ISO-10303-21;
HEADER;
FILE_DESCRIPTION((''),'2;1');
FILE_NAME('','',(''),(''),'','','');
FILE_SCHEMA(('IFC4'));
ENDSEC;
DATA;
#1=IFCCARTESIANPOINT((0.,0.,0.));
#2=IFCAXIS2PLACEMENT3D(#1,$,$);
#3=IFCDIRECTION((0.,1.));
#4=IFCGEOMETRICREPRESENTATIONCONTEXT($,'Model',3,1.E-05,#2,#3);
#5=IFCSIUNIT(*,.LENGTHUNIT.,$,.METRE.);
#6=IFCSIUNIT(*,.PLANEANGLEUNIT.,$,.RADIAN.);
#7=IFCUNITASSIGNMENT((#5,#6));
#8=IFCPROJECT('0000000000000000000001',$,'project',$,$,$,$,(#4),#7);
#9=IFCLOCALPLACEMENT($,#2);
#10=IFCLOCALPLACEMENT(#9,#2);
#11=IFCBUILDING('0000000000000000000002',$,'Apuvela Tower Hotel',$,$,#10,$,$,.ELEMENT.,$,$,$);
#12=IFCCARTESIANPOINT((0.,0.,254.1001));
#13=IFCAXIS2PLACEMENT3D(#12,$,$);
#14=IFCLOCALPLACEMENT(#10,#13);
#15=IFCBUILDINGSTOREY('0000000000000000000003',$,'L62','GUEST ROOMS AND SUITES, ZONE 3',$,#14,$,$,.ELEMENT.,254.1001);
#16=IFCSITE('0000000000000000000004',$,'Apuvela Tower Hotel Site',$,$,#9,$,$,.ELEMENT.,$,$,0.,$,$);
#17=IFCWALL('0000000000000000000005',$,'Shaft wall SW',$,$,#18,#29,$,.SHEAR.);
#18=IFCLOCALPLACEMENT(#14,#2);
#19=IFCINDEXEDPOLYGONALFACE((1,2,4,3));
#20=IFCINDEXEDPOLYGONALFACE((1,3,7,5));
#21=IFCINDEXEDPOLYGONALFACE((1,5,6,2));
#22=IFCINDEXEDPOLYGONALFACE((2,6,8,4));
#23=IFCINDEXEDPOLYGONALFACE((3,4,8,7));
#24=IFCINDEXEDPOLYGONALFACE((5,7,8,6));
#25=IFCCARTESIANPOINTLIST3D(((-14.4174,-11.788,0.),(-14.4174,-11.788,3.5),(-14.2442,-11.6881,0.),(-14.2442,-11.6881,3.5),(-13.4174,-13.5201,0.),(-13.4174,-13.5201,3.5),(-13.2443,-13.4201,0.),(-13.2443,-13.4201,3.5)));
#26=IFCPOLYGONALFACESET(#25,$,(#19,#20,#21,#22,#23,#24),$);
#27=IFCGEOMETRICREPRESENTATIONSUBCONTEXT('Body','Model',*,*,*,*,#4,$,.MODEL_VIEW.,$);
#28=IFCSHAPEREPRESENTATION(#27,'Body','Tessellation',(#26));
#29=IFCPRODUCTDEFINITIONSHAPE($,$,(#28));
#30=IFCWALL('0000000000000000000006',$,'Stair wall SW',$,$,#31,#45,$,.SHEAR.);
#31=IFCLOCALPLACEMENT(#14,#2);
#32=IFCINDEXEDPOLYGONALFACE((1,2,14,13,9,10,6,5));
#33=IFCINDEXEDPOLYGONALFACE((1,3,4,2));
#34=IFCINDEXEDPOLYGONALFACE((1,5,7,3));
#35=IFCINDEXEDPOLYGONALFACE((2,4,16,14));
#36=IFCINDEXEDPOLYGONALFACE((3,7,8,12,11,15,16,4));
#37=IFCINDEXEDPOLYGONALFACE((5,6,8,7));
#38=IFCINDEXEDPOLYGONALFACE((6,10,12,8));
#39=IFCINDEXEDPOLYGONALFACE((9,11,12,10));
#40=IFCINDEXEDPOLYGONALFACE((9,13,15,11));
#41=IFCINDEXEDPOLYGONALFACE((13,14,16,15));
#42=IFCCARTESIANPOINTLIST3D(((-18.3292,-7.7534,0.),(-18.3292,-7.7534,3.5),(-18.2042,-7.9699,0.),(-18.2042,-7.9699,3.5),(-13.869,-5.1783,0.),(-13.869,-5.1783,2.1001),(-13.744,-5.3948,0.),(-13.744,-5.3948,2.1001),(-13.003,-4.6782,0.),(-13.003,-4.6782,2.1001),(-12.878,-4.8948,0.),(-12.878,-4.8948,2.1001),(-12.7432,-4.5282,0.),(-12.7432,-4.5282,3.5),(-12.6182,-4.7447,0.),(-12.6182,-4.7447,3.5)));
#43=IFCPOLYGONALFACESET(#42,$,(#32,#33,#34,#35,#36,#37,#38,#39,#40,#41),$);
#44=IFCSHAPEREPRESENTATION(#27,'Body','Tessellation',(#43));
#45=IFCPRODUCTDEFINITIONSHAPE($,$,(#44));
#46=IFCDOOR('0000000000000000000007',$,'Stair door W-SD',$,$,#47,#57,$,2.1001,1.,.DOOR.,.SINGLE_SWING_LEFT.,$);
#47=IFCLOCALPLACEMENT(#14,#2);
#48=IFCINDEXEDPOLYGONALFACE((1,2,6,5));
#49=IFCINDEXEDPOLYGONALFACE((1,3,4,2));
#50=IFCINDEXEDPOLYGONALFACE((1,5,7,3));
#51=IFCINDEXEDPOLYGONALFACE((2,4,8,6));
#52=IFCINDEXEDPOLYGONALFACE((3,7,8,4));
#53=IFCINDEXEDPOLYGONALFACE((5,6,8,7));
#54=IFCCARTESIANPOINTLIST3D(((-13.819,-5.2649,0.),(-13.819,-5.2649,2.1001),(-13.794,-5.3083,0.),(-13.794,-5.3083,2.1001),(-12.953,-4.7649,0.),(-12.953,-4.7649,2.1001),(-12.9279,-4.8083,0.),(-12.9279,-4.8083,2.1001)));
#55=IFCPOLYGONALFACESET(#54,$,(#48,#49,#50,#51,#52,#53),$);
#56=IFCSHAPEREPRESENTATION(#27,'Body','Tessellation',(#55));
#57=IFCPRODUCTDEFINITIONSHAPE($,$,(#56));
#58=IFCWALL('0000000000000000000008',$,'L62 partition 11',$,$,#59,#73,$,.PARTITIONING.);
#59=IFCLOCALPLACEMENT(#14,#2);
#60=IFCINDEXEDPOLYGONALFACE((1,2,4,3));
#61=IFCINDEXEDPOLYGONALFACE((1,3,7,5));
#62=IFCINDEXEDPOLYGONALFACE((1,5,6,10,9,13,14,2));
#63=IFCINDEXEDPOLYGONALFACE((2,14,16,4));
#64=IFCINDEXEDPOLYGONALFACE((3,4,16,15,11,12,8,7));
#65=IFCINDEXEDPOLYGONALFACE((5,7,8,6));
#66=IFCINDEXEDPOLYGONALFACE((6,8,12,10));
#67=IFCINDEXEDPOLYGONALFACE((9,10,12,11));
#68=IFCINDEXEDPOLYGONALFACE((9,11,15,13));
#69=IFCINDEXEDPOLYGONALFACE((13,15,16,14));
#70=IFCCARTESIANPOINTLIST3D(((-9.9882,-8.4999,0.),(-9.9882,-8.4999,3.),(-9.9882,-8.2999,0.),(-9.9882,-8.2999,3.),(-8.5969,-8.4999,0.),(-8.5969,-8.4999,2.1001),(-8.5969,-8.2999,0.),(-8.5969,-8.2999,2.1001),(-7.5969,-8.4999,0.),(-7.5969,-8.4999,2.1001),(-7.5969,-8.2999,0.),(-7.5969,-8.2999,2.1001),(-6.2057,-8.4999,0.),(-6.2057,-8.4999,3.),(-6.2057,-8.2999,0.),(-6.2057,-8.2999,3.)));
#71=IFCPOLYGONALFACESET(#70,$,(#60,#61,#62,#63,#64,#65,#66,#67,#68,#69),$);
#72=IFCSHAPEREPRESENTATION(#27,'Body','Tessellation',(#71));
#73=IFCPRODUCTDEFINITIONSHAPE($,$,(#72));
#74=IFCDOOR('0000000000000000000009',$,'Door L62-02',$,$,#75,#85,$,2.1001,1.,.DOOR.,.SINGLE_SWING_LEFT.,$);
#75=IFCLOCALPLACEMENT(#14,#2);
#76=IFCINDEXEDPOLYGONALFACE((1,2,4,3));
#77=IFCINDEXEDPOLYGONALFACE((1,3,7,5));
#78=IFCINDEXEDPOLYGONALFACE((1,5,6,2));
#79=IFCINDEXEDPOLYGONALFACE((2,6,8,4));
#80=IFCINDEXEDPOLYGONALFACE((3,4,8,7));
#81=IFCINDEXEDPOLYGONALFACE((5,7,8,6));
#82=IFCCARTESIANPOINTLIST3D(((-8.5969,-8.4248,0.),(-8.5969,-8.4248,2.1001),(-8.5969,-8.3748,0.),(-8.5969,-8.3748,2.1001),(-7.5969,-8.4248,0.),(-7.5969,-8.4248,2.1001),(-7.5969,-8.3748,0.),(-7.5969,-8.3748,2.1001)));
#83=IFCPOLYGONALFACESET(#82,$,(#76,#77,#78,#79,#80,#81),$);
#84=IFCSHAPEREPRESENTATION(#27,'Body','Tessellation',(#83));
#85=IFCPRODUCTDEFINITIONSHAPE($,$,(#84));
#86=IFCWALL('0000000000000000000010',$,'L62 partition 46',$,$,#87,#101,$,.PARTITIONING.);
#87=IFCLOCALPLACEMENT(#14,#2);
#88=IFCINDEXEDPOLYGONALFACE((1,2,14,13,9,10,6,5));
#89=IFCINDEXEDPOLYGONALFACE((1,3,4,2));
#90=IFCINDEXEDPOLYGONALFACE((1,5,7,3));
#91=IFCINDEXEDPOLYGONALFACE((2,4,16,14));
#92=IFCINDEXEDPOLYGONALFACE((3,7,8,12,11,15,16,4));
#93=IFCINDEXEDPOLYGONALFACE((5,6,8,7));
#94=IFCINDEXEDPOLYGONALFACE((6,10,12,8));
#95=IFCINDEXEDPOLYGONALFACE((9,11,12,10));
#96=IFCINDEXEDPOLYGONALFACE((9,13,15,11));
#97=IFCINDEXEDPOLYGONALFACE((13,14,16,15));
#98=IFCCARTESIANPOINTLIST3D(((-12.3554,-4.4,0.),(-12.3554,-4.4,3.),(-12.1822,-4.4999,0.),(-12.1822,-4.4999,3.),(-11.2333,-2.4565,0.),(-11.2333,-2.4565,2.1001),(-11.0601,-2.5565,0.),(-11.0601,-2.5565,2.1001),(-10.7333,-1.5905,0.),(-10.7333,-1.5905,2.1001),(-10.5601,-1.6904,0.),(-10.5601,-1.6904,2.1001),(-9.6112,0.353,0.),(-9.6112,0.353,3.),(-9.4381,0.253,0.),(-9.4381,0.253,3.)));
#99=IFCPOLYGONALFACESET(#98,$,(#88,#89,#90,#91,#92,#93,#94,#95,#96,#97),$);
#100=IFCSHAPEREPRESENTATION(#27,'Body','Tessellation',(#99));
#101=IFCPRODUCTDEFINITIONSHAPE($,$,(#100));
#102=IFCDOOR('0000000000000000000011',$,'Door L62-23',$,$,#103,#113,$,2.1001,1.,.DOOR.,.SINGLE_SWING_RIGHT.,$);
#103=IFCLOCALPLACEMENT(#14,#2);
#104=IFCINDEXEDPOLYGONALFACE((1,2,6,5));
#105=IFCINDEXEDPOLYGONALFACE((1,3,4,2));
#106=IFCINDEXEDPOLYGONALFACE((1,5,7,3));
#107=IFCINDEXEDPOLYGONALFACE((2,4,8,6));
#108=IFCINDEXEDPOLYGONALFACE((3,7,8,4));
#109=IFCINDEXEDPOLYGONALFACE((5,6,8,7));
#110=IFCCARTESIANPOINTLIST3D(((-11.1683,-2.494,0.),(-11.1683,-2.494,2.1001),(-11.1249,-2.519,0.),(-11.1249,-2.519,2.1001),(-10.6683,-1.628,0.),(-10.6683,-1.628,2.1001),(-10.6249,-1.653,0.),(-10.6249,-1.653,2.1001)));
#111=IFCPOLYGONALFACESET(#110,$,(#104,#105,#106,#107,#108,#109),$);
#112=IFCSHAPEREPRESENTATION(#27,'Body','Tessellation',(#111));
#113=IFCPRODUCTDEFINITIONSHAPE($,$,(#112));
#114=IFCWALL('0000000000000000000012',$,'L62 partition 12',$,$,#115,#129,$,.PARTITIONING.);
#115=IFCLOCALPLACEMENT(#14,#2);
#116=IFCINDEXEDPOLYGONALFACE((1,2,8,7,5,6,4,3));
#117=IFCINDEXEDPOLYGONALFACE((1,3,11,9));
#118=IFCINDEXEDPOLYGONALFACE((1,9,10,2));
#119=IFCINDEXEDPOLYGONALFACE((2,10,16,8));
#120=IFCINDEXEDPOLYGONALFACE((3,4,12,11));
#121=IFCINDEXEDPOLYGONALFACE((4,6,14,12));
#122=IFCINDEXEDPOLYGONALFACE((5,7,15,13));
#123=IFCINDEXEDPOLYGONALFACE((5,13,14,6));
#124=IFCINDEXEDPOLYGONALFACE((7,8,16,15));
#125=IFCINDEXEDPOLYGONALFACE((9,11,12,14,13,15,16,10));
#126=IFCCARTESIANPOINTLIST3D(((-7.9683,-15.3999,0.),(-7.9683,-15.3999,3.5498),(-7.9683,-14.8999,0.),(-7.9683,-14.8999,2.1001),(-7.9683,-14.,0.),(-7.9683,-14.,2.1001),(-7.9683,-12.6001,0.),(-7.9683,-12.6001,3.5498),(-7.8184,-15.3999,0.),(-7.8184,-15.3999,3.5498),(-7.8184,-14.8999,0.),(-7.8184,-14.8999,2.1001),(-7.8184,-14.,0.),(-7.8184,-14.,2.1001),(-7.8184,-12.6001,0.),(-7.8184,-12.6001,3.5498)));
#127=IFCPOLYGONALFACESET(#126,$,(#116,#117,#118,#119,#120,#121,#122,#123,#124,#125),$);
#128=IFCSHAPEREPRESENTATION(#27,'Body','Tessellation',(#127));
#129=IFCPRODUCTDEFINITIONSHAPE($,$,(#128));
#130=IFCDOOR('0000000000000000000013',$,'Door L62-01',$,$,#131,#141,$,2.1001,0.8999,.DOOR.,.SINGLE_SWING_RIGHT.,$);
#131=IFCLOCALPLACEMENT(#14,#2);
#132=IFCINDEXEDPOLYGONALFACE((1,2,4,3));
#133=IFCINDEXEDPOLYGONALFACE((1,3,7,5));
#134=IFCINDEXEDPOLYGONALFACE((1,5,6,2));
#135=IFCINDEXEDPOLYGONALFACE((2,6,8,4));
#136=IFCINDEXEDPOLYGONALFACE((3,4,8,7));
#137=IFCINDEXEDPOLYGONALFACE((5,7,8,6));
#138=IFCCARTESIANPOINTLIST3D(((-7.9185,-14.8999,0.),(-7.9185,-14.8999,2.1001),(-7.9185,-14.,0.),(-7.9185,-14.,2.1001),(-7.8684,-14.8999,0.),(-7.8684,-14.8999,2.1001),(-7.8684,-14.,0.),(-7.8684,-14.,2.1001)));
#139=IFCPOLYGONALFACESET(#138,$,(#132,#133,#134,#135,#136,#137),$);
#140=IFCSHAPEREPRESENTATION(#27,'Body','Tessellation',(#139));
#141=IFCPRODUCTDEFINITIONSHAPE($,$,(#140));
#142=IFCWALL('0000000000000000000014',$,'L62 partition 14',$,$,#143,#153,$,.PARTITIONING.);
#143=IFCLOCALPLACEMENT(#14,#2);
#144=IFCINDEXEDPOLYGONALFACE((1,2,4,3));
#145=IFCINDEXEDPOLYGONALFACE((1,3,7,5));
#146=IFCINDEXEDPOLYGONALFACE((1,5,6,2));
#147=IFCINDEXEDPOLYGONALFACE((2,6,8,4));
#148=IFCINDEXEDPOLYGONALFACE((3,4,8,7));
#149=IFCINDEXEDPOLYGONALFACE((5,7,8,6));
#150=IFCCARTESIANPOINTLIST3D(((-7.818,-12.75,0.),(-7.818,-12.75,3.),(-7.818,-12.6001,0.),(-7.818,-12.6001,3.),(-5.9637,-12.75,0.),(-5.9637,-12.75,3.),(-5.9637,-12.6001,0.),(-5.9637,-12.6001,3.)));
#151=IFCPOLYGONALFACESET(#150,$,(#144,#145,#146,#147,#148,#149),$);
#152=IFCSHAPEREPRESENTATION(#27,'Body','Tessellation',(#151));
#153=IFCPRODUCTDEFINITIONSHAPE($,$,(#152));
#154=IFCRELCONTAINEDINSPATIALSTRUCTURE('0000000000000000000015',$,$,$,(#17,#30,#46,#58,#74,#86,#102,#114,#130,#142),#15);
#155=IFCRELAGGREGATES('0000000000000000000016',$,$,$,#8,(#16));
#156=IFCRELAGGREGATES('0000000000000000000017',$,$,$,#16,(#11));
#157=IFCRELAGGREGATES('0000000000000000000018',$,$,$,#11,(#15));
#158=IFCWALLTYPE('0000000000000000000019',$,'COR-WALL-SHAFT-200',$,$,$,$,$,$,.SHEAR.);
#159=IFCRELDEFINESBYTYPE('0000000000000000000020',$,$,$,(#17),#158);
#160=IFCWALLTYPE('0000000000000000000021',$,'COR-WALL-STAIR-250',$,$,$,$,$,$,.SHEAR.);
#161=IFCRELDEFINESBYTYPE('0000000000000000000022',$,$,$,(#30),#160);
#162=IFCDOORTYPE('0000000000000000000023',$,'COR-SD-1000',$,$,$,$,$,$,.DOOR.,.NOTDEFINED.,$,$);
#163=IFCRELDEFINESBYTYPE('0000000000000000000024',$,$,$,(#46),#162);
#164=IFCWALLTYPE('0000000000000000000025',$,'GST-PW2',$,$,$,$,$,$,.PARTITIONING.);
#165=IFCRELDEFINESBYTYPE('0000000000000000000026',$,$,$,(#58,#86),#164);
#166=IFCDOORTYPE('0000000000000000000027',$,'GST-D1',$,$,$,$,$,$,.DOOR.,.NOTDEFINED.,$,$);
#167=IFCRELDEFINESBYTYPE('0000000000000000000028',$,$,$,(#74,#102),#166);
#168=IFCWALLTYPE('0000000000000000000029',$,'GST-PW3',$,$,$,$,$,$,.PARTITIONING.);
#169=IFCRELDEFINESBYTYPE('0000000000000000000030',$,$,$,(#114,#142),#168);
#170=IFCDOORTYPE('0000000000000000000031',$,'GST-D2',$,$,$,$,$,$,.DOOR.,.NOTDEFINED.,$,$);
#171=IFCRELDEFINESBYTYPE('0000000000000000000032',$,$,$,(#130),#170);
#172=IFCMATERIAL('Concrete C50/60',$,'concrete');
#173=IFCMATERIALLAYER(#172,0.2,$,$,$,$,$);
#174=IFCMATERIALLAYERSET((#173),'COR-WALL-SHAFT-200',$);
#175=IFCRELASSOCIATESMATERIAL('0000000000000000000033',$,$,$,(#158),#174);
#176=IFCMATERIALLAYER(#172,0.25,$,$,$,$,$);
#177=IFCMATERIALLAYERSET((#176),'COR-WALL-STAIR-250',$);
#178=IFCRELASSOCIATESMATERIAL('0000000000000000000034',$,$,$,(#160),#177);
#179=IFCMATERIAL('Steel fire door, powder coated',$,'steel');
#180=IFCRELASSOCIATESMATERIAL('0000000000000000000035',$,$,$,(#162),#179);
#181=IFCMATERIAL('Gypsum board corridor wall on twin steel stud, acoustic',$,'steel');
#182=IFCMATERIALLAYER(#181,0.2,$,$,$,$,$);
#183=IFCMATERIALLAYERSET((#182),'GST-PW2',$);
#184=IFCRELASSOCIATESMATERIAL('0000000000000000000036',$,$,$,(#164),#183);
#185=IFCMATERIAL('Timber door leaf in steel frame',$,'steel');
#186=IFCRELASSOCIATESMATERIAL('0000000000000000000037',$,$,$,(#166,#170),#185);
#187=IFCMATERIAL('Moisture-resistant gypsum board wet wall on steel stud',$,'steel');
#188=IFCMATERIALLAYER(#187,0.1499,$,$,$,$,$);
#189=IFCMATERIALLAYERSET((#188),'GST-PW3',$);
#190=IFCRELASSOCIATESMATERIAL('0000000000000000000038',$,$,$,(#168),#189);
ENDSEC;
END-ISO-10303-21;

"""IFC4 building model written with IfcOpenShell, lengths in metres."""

from ifc_helpers import new_model, si_unit, direction, frame, frame_2d, origin, place, context, subcontext, project, spatial, rectangle, extrude, material, layer, layer_set, type_object, element, fill, save


model = new_model("IFC4")

# Units and contexts
model_context = context("Model", 3, precision=1e-05, world=origin(), true_north=direction((0.0, 1.0)))
body_context = subcontext(model_context, "Body", "Model", "MODEL_VIEW")
ifc_project = project(units=[si_unit("LENGTHUNIT", "METRE"), si_unit("PLANEANGLEUNIT", "RADIAN")], contexts=[model_context])

# Site, building, storey
site_placement = place(None, origin())
site = spatial("IfcSite", under=ifc_project, at=site_placement, Name="Apuvela Tower Hotel Site", CompositionType="ELEMENT", RefElevation=0.0)
building_placement = place(site_placement, origin())
building = spatial("IfcBuilding", under=site, at=building_placement, Name="Apuvela Tower Hotel", CompositionType="ELEMENT")
storey_placement = place(building_placement, frame((0.0, 0.0, 254.1001)))
storey = spatial("IfcBuildingStorey", under=building, at=storey_placement, Name="L62", Description="GUEST ROOMS AND SUITES, ZONE 3", CompositionType="ELEMENT", Elevation=254.1001)

# Shared definitions
ifc_material_1 = material(Name="Concrete C50/60", Category="concrete")

# Shared definitions
ifc_layer_1 = layer(ifc_material_1, 0.2)
ifc_layer_set_1 = layer_set([ifc_layer_1], Name="COR-WALL-SHAFT-200")
wall_type_1 = type_object("IfcWallType", Name="COR-WALL-SHAFT-200", PredefinedType="SHEAR", material=ifc_layer_set_1)

# Shared definitions
ifc_material_2 = material(Name="Steel fire door, powder coated", Category="steel")

# Wall
wall_1_placement = place(storey_placement, frame((-14.3308, -11.738, 0.0), z_axis=(0.0, 0.0, 1.0), x_axis=(0.499973, -0.866041, 0.0)))
element("IfcWall", 1, at=wall_1_placement, inside=storey, type_object=wall_type_1, Name="Shaft wall SW", PredefinedType="SHEAR", context=body_context, shape_type="SweptSolid", body=[
    extrude(rectangle(XDim=2.0, YDim=0.2, at=frame_2d((1.0, 0.0))), origin(), (0.0, 0.0, 1.0), 3.5),
])

# Walls, openings, doors
ifc_layer_2 = layer(ifc_material_1, 0.25)
ifc_layer_set_2 = layer_set([ifc_layer_2], Name="COR-WALL-STAIR-250")
wall_type_2 = type_object("IfcWallType", Name="COR-WALL-STAIR-250", PredefinedType="SHEAR", material=ifc_layer_set_2)
wall_2_placement = place(storey_placement, frame((-12.6807, -4.6365, 0.0), z_axis=(0.0, 0.0, 1.0), x_axis=(-0.866022, -0.500006, 0.0)))
wall_2 = element("IfcWall", 2, at=wall_2_placement, inside=storey, type_object=wall_type_2, Name="Stair wall SW", PredefinedType="SHEAR", context=body_context, shape_type="SweptSolid", body=[
    extrude(rectangle(XDim=6.4502, YDim=0.25, at=frame_2d((3.2251, 0.0))), origin(), (0.0, 0.0, 1.0), 3.5),
])
opening_1_placement = place(wall_2_placement, frame((0.3, 0.0, 0.0)))
opening_1 = element("IfcOpeningElement", 3, at=opening_1_placement, cuts=wall_2, PredefinedType="OPENING", context=body_context, shape_type="SweptSolid", body=[
    extrude(rectangle(XDim=1.0, YDim=2.1001, at=frame_2d((0.5, 1.05))), frame((0.0, 0.135, 0.0), z_axis=(0.0, -1.0, 0.0), x_axis=(1.0, 0.0, 0.0)), (0.0, 0.0, 1.0), 0.27),
])
door_type_1 = type_object("IfcDoorType", Name="COR-SD-1000", OperationType="NOTDEFINED", PredefinedType="DOOR", material=ifc_material_2)
door_1_placement = place(opening_1_placement, frame((1.0, 0.0, 0.0), z_axis=(0.0, 0.0, 1.0), x_axis=(-1.0, 0.0, 0.0)))
door_1 = element("IfcDoor", 4, at=door_1_placement, inside=storey, type_object=door_type_1, Name="Stair door W-SD", OperationType="SINGLE_SWING_LEFT", OverallHeight=2.1001, OverallWidth=1.0, PredefinedType="DOOR", context=body_context, shape_type="SweptSolid", body=[
    extrude(rectangle(XDim=1.0, YDim=2.1001, at=frame_2d((0.5, 1.05))), frame((0.0, 0.0249, 0.0), z_axis=(0.0, -1.0, 0.0), x_axis=(1.0, 0.0, 0.0)), (0.0, 0.0, 1.0), 0.05),
])
fill(opening_1, door_1)
ifc_material_3 = material(Name="Gypsum board corridor wall on twin steel stud, acoustic", Category="steel")
ifc_layer_3 = layer(ifc_material_3, 0.2)
ifc_layer_set_3 = layer_set([ifc_layer_3], Name="GST-PW2")
wall_type_3 = type_object("IfcWallType", Name="GST-PW2", PredefinedType="PARTITIONING", material=ifc_layer_set_3)
wall_3_placement = place(storey_placement, frame((-6.2058, -8.3999, 0.0), z_axis=(0.0, 0.0, 1.0), x_axis=(-1.0, 0.0, 0.0)))
wall_3 = element("IfcWall", 5, at=wall_3_placement, inside=storey, type_object=wall_type_3, Name="L62 partition 11", PredefinedType="PARTITIONING", context=body_context, shape_type="SweptSolid", body=[
    extrude(rectangle(XDim=3.7825, YDim=0.2, at=frame_2d((1.8911, 0.0))), origin(), (0.0, 0.0, 1.0), 3.0),
])
opening_2_placement = place(wall_3_placement, frame((1.3911, 0.0, 0.0)))
opening_2 = element("IfcOpeningElement", 6, at=opening_2_placement, cuts=wall_3, PredefinedType="OPENING", context=body_context, shape_type="SweptSolid", body=[
    extrude(rectangle(XDim=1.0, YDim=2.1001, at=frame_2d((0.5, 1.05))), frame((0.0, 0.1099, 0.0), z_axis=(0.0, -1.0, 0.0), x_axis=(1.0, 0.0, 0.0)), (0.0, 0.0, 1.0), 0.22),
])
ifc_material_4 = material(Name="Timber door leaf in steel frame", Category="steel")
door_type_2 = type_object("IfcDoorType", Name="GST-D1", OperationType="NOTDEFINED", PredefinedType="DOOR", material=ifc_material_4)
door_2_placement = place(opening_2_placement, origin())
door_2 = element("IfcDoor", 7, at=door_2_placement, inside=storey, type_object=door_type_2, Name="Door L62-02", OperationType="SINGLE_SWING_LEFT", OverallHeight=2.1001, OverallWidth=1.0, PredefinedType="DOOR", context=body_context, shape_type="SweptSolid", body=[
    extrude(rectangle(XDim=1.0, YDim=2.1001, at=frame_2d((0.5, 1.05))), frame((0.0, 0.0249, 0.0), z_axis=(0.0, -1.0, 0.0), x_axis=(1.0, 0.0, 0.0)), (0.0, 0.0, 1.0), 0.05),
])
fill(opening_2, door_2)
wall_4_placement = place(storey_placement, frame((-12.2688, -4.45, 0.0), z_axis=(0.0, 0.0, 1.0), x_axis=(0.500005, 0.866023, 0.0)))
wall_4 = element("IfcWall", 8, at=wall_4_placement, inside=storey, type_object=wall_type_3, Name="L62 partition 46", PredefinedType="PARTITIONING", context=body_context, shape_type="SweptSolid", body=[
    extrude(rectangle(XDim=5.4883, YDim=0.2, at=frame_2d((2.7441, 0.0))), origin(), (0.0, 0.0, 1.0), 3.0),
])
opening_3_placement = place(wall_4_placement, frame((2.2441, 0.0, 0.0)))
opening_3 = element("IfcOpeningElement", 9, at=opening_3_placement, cuts=wall_4, PredefinedType="OPENING", context=body_context, shape_type="SweptSolid", body=[
    extrude(rectangle(XDim=1.0, YDim=2.1001, at=frame_2d((0.5, 1.05))), frame((0.0, 0.1099, 0.0), z_axis=(0.0, -1.0, 0.0), x_axis=(1.0, 0.0, 0.0)), (0.0, 0.0, 1.0), 0.22),
])
door_3_placement = place(opening_3_placement, origin())
door_3 = element("IfcDoor", 10, at=door_3_placement, inside=storey, type_object=door_type_2, Name="Door L62-23", OperationType="SINGLE_SWING_RIGHT", OverallHeight=2.1001, OverallWidth=1.0, PredefinedType="DOOR", context=body_context, shape_type="SweptSolid", body=[
    extrude(rectangle(XDim=1.0, YDim=2.1001, at=frame_2d((0.5, 1.05))), frame((0.0, 0.0249, 0.0), z_axis=(0.0, -1.0, 0.0), x_axis=(1.0, 0.0, 0.0)), (0.0, 0.0, 1.0), 0.05),
])
fill(opening_3, door_3)
ifc_material_5 = material(Name="Moisture-resistant gypsum board wet wall on steel stud", Category="steel")
ifc_layer_4 = layer(ifc_material_5, 0.1499)
ifc_layer_set_4 = layer_set([ifc_layer_4], Name="GST-PW3")
wall_type_4 = type_object("IfcWallType", Name="GST-PW3", PredefinedType="PARTITIONING", material=ifc_layer_set_4)
wall_5_placement = place(storey_placement, frame((-7.8933, -12.6001, 0.0), z_axis=(0.0, 0.0, 1.0), x_axis=(0.0, -1.0, 0.0)))
wall_5 = element("IfcWall", 11, at=wall_5_placement, inside=storey, type_object=wall_type_4, Name="L62 partition 12", PredefinedType="PARTITIONING", context=body_context, shape_type="SweptSolid", body=[
    extrude(rectangle(XDim=2.7998, YDim=0.1499, at=frame_2d((1.3999, 0.0))), origin(), (0.0, 0.0, 1.0), 3.5498),
])
opening_4_placement = place(wall_5_placement, frame((1.3999, 0.0, 0.0)))
opening_4 = element("IfcOpeningElement", 12, at=opening_4_placement, cuts=wall_5, PredefinedType="OPENING", context=body_context, shape_type="SweptSolid", body=[
    extrude(rectangle(XDim=0.8999, YDim=2.1001, at=frame_2d((0.45, 1.05))), frame((0.0, 0.085, 0.0), z_axis=(0.0, -1.0, 0.0), x_axis=(1.0, 0.0, 0.0)), (0.0, 0.0, 1.0), 0.1699),
])
door_type_3 = type_object("IfcDoorType", Name="GST-D2", OperationType="NOTDEFINED", PredefinedType="DOOR", material=ifc_material_4)
door_4_placement = place(opening_4_placement, origin())
door_4 = element("IfcDoor", 13, at=door_4_placement, inside=storey, type_object=door_type_3, Name="Door L62-01", OperationType="SINGLE_SWING_RIGHT", OverallHeight=2.1001, OverallWidth=0.8999, PredefinedType="DOOR", context=body_context, shape_type="SweptSolid", body=[
    extrude(rectangle(XDim=0.8999, YDim=2.1001, at=frame_2d((0.45, 1.05))), frame((0.0, 0.0249, 0.0), z_axis=(0.0, -1.0, 0.0), x_axis=(1.0, 0.0, 0.0)), (0.0, 0.0, 1.0), 0.05),
])
fill(opening_4, door_4)

# Wall
wall_6_placement = place(storey_placement, frame((-7.8181, -12.675, 0.0), z_axis=(0.0, 0.0, 1.0), x_axis=(1.0, 0.0, 0.0)))
element("IfcWall", 14, at=wall_6_placement, inside=storey, type_object=wall_type_4, Name="L62 partition 14", PredefinedType="PARTITIONING", context=body_context, shape_type="SweptSolid", body=[
    extrude(rectangle(XDim=1.8542, YDim=0.1499, at=frame_2d((0.9272, 0.0))), origin(), (0.0, 0.0, 1.0), 3.0),
])

save(model, "model.ifc")
